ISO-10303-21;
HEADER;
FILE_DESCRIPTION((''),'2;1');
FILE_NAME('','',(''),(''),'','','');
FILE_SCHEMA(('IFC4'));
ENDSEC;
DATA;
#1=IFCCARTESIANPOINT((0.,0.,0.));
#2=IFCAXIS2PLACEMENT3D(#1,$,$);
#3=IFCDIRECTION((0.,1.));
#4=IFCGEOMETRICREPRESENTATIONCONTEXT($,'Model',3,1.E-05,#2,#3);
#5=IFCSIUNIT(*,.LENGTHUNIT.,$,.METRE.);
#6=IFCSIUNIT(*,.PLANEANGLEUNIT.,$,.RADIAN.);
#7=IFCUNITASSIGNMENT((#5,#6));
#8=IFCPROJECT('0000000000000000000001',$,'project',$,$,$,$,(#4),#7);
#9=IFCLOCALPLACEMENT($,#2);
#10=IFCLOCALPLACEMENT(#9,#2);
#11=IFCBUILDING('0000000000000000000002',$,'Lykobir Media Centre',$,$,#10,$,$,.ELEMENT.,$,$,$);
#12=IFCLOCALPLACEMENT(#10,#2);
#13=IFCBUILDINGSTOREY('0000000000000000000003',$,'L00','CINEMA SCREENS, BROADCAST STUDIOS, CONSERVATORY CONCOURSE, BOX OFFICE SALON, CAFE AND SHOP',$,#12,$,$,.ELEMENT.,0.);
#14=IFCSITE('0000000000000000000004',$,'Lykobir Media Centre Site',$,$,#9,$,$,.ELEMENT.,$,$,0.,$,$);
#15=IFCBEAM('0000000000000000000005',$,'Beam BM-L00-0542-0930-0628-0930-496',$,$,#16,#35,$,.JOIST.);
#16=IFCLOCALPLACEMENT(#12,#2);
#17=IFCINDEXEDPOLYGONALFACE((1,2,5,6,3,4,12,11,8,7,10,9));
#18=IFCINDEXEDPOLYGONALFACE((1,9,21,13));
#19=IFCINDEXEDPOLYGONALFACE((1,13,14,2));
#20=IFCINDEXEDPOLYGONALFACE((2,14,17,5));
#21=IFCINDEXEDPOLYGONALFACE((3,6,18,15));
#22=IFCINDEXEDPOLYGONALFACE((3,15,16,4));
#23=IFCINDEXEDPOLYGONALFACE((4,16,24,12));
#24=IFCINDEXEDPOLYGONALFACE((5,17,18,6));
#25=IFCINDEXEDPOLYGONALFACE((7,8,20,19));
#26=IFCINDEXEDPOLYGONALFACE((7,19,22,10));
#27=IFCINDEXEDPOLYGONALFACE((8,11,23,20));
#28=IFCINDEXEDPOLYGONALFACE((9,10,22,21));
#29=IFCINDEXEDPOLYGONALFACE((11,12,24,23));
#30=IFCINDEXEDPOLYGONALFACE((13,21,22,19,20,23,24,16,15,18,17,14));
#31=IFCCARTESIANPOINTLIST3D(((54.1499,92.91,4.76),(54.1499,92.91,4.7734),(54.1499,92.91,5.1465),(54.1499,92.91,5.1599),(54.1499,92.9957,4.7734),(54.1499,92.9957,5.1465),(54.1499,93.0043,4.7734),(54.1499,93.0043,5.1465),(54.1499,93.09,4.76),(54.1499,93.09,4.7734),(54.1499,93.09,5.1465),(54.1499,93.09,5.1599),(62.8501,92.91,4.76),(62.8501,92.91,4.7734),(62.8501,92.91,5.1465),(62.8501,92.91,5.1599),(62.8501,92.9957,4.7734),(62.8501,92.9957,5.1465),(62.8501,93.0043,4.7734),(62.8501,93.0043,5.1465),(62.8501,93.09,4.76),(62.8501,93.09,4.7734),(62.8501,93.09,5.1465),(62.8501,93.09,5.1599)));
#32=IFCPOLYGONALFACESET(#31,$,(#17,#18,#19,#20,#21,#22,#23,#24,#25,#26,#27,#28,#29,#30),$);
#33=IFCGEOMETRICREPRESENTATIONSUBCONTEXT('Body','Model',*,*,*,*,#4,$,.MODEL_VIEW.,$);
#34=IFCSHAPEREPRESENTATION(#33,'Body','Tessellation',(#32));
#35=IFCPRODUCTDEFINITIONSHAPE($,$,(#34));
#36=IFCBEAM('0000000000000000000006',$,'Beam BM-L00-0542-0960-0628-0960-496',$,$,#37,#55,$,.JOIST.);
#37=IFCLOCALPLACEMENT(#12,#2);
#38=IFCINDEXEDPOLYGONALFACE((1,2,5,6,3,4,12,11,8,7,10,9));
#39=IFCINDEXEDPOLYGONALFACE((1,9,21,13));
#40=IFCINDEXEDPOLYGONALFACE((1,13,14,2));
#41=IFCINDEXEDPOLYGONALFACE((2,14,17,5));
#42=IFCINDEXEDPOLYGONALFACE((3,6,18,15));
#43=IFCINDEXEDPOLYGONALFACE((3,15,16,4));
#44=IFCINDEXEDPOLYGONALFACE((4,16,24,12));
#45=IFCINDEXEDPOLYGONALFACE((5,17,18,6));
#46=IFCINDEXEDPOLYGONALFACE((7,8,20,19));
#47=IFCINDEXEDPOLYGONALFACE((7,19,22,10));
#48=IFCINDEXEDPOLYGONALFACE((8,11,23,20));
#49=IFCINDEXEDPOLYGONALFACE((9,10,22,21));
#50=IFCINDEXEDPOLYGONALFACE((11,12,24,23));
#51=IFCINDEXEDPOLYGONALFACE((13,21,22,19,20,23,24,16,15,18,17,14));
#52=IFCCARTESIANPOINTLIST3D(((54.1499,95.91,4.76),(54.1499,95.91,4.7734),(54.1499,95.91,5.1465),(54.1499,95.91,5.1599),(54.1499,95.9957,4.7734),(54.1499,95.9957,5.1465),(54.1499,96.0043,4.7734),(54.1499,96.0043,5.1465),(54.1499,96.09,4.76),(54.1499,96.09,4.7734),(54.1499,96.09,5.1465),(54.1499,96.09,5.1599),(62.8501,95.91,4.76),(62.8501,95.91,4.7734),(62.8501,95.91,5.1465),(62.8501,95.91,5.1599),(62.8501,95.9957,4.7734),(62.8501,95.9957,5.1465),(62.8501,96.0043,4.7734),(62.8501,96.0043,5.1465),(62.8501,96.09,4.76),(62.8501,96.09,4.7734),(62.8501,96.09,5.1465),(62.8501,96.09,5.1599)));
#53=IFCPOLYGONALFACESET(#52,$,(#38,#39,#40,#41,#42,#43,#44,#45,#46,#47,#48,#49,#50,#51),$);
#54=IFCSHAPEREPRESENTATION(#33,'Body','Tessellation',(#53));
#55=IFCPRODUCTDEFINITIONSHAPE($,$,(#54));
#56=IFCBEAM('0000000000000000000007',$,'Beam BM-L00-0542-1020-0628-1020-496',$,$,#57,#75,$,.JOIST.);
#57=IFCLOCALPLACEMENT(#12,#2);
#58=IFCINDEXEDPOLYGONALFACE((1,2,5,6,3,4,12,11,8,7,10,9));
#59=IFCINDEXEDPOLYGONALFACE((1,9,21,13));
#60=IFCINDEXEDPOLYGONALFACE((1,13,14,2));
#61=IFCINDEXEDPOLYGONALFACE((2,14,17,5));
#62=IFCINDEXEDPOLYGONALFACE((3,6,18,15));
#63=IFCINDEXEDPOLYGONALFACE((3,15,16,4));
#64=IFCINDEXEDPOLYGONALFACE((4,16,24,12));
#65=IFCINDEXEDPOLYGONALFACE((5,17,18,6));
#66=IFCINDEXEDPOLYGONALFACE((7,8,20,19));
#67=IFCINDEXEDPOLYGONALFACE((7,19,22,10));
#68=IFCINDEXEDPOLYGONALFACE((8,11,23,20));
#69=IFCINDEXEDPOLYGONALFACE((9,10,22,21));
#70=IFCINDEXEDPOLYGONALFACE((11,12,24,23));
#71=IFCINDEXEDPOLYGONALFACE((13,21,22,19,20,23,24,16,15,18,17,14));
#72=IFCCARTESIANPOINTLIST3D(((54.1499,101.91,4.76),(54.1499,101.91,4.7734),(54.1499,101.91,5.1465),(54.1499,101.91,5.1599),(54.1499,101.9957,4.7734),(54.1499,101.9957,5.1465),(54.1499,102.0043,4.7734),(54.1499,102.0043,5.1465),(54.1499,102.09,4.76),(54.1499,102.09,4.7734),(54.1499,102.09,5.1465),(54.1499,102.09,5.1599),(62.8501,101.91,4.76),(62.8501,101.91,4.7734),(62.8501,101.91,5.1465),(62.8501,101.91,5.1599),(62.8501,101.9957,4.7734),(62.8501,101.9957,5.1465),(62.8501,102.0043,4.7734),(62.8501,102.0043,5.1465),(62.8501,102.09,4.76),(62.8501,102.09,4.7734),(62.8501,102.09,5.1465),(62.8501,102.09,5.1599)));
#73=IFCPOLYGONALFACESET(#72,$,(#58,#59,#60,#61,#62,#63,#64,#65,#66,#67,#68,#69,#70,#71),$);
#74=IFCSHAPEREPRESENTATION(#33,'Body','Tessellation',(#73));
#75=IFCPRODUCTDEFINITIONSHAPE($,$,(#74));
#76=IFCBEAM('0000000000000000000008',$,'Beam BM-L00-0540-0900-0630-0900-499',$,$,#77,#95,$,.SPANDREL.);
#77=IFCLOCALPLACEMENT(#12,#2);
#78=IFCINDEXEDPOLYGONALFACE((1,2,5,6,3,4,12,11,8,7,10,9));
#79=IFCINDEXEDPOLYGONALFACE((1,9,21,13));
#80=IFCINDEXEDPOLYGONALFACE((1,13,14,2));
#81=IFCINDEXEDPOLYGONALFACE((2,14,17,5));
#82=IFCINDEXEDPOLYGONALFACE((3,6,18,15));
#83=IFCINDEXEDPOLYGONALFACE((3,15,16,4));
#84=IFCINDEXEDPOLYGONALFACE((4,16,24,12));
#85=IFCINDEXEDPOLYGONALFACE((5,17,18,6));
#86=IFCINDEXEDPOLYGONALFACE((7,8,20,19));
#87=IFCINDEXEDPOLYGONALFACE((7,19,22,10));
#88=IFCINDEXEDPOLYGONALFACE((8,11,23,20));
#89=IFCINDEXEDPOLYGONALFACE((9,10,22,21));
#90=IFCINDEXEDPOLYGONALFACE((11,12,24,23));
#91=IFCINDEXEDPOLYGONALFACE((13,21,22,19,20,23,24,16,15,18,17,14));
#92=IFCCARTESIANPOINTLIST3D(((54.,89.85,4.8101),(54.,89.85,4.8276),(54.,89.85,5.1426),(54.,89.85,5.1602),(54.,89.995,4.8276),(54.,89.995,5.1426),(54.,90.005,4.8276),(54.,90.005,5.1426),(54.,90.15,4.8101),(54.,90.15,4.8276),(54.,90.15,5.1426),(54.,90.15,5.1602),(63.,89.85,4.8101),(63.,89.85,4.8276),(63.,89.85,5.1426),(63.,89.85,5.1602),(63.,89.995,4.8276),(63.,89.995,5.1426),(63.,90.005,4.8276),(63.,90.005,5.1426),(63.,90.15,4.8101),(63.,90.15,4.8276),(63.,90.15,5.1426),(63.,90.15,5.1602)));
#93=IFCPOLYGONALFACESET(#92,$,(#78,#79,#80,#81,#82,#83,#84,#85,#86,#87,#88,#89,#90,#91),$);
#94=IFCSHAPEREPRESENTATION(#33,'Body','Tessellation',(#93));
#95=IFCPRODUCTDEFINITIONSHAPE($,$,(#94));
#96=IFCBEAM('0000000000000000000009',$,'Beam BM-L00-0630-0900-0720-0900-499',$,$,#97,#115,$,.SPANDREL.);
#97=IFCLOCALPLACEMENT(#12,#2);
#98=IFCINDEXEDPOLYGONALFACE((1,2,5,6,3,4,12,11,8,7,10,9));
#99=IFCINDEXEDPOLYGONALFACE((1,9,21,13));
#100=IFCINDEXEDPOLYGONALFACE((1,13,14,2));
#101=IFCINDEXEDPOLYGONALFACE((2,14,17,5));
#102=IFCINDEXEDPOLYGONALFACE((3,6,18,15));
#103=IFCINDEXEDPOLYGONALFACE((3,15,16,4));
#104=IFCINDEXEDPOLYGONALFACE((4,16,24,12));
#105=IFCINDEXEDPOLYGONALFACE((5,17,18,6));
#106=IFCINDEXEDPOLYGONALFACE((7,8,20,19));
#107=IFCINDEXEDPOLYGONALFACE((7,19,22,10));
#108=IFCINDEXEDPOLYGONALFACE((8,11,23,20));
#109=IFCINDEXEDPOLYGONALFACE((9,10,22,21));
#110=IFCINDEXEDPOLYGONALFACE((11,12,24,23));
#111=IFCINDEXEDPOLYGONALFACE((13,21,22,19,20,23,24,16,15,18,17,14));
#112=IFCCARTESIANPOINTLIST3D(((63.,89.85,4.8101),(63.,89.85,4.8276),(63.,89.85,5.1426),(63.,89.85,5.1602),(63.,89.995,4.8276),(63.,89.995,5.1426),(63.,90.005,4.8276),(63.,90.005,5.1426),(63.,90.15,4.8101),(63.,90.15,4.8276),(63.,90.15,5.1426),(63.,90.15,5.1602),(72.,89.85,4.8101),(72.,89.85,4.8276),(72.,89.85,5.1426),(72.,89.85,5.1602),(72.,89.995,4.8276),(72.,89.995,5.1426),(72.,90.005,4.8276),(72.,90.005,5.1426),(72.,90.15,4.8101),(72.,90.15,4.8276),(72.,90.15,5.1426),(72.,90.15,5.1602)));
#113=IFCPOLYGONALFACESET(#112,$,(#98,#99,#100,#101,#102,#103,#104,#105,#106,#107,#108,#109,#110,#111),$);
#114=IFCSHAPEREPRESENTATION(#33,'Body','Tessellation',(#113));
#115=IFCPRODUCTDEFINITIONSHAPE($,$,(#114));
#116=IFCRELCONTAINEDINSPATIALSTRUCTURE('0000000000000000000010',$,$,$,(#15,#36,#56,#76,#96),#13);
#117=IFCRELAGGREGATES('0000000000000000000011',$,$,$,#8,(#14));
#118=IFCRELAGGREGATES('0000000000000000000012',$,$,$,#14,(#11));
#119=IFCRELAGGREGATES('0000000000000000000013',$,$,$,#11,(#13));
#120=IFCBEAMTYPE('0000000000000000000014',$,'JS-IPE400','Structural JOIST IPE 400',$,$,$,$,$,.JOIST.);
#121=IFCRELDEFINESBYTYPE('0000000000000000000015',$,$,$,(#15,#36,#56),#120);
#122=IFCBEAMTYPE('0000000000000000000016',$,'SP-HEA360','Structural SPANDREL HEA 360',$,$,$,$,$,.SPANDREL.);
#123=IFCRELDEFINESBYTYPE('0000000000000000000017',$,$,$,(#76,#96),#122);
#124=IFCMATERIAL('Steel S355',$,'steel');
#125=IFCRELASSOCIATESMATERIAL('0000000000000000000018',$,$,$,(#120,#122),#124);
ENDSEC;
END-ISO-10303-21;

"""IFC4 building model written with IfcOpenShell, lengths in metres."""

from ifc_helpers import new_model, si_unit, direction, frame, origin, origin_2d, place, context, subcontext, project, spatial, i_section, extrude, material, material_profile, profile_set, type_object, element, save


model = new_model("IFC4")

# Units and contexts
model_context = context("Model", 3, precision=1e-05, world=origin(), true_north=direction((0.0, 1.0)))
body_context = subcontext(model_context, "Body", "Model", "MODEL_VIEW")
ifc_project = project(units=[si_unit("LENGTHUNIT", "METRE"), si_unit("PLANEANGLEUNIT", "RADIAN")], contexts=[model_context])

# Site, building, storey
site_placement = place(None, origin())
site = spatial("IfcSite", under=ifc_project, at=site_placement, Name="Lykobir Media Centre Site", CompositionType="ELEMENT", RefElevation=0.0)
building_placement = place(site_placement, origin())
building = spatial("IfcBuilding", under=site, at=building_placement, Name="Lykobir Media Centre", CompositionType="ELEMENT")
storey_placement = place(building_placement, origin())
storey = spatial("IfcBuildingStorey", under=building, at=storey_placement, Name="L00", Description="CINEMA SCREENS, BROADCAST STUDIOS, CONSERVATORY CONCOURSE, BOX OFFICE SALON, CAFE AND SHOP", CompositionType="ELEMENT", Elevation=0.0)

# Shared definitions
ifc_material = material(Name="Steel S355", Category="steel")

# Beams
ifc_material_profile_1 = material_profile(ifc_material, i_section(OverallWidth=0.1799, OverallDepth=0.3999, WebThickness=0.0085, FlangeThickness=0.0134, at=origin_2d()), Name="IPE 400")
ifc_profile_set_1 = profile_set([ifc_material_profile_1], Name="Steel S355")
beam_type_1 = type_object("IfcBeamType", Name="JS-IPE400", Description="Structural JOIST IPE 400", PredefinedType="JOIST", material=ifc_profile_set_1)
for number, where, z_axis, x_axis, name in (
    (1, (54.1499, 93.0, 4.96), (1.0, 0.0, 0.0), (0.0, 1.0, 0.0), "Beam BM-L00-0542-0930-0628-0930-496"),
    (2, (54.1499, 96.0, 4.96), (1.0, 0.0, 0.0), (0.0, 1.0, 0.0), "Beam BM-L00-0542-0960-0628-0960-496"),
    (3, (54.1499, 102.0, 4.96), (1.0, 0.0, 0.0), (0.0, 1.0, 0.0), "Beam BM-L00-0542-1020-0628-1020-496"),
):
    element("IfcBeam", number, at=place(storey_placement, frame(where, z_axis=z_axis, x_axis=x_axis)), inside=storey, type_object=beam_type_1, Name=name, PredefinedType="JOIST", context=body_context, shape_type="SweptSolid", body=[
        extrude(i_section(OverallWidth=0.1799, OverallDepth=0.3999, WebThickness=0.0085, FlangeThickness=0.0134, at=origin_2d()), origin(), (0.0, 0.0, 1.0), 8.7002),
    ])
ifc_material_profile_2 = material_profile(ifc_material, i_section(OverallWidth=0.3, OverallDepth=0.3501, WebThickness=0.01, FlangeThickness=0.0176, at=origin_2d()), Name="HEA 360")
ifc_profile_set_2 = profile_set([ifc_material_profile_2], Name="Steel S355")
beam_type_2 = type_object("IfcBeamType", Name="SP-HEA360", Description="Structural SPANDREL HEA 360", PredefinedType="SPANDREL", material=ifc_profile_set_2)
for number, where, z_axis, x_axis, name in (
    (4, (54.0, 90.0, 4.9851), (1.0, 0.0, 0.0), (0.0, 1.0, 0.0), "Beam BM-L00-0540-0900-0630-0900-499"),
    (5, (63.0, 90.0, 4.9851), (1.0, 0.0, 0.0), (0.0, 1.0, 0.0), "Beam BM-L00-0630-0900-0720-0900-499"),
):
    element("IfcBeam", number, at=place(storey_placement, frame(where, z_axis=z_axis, x_axis=x_axis)), inside=storey, type_object=beam_type_2, Name=name, PredefinedType="SPANDREL", context=body_context, shape_type="SweptSolid", body=[
        extrude(i_section(OverallWidth=0.3, OverallDepth=0.3501, WebThickness=0.01, FlangeThickness=0.0176, at=origin_2d()), origin(), (0.0, 0.0, 1.0), 9.0),
    ])

save(model, "model.ifc")
